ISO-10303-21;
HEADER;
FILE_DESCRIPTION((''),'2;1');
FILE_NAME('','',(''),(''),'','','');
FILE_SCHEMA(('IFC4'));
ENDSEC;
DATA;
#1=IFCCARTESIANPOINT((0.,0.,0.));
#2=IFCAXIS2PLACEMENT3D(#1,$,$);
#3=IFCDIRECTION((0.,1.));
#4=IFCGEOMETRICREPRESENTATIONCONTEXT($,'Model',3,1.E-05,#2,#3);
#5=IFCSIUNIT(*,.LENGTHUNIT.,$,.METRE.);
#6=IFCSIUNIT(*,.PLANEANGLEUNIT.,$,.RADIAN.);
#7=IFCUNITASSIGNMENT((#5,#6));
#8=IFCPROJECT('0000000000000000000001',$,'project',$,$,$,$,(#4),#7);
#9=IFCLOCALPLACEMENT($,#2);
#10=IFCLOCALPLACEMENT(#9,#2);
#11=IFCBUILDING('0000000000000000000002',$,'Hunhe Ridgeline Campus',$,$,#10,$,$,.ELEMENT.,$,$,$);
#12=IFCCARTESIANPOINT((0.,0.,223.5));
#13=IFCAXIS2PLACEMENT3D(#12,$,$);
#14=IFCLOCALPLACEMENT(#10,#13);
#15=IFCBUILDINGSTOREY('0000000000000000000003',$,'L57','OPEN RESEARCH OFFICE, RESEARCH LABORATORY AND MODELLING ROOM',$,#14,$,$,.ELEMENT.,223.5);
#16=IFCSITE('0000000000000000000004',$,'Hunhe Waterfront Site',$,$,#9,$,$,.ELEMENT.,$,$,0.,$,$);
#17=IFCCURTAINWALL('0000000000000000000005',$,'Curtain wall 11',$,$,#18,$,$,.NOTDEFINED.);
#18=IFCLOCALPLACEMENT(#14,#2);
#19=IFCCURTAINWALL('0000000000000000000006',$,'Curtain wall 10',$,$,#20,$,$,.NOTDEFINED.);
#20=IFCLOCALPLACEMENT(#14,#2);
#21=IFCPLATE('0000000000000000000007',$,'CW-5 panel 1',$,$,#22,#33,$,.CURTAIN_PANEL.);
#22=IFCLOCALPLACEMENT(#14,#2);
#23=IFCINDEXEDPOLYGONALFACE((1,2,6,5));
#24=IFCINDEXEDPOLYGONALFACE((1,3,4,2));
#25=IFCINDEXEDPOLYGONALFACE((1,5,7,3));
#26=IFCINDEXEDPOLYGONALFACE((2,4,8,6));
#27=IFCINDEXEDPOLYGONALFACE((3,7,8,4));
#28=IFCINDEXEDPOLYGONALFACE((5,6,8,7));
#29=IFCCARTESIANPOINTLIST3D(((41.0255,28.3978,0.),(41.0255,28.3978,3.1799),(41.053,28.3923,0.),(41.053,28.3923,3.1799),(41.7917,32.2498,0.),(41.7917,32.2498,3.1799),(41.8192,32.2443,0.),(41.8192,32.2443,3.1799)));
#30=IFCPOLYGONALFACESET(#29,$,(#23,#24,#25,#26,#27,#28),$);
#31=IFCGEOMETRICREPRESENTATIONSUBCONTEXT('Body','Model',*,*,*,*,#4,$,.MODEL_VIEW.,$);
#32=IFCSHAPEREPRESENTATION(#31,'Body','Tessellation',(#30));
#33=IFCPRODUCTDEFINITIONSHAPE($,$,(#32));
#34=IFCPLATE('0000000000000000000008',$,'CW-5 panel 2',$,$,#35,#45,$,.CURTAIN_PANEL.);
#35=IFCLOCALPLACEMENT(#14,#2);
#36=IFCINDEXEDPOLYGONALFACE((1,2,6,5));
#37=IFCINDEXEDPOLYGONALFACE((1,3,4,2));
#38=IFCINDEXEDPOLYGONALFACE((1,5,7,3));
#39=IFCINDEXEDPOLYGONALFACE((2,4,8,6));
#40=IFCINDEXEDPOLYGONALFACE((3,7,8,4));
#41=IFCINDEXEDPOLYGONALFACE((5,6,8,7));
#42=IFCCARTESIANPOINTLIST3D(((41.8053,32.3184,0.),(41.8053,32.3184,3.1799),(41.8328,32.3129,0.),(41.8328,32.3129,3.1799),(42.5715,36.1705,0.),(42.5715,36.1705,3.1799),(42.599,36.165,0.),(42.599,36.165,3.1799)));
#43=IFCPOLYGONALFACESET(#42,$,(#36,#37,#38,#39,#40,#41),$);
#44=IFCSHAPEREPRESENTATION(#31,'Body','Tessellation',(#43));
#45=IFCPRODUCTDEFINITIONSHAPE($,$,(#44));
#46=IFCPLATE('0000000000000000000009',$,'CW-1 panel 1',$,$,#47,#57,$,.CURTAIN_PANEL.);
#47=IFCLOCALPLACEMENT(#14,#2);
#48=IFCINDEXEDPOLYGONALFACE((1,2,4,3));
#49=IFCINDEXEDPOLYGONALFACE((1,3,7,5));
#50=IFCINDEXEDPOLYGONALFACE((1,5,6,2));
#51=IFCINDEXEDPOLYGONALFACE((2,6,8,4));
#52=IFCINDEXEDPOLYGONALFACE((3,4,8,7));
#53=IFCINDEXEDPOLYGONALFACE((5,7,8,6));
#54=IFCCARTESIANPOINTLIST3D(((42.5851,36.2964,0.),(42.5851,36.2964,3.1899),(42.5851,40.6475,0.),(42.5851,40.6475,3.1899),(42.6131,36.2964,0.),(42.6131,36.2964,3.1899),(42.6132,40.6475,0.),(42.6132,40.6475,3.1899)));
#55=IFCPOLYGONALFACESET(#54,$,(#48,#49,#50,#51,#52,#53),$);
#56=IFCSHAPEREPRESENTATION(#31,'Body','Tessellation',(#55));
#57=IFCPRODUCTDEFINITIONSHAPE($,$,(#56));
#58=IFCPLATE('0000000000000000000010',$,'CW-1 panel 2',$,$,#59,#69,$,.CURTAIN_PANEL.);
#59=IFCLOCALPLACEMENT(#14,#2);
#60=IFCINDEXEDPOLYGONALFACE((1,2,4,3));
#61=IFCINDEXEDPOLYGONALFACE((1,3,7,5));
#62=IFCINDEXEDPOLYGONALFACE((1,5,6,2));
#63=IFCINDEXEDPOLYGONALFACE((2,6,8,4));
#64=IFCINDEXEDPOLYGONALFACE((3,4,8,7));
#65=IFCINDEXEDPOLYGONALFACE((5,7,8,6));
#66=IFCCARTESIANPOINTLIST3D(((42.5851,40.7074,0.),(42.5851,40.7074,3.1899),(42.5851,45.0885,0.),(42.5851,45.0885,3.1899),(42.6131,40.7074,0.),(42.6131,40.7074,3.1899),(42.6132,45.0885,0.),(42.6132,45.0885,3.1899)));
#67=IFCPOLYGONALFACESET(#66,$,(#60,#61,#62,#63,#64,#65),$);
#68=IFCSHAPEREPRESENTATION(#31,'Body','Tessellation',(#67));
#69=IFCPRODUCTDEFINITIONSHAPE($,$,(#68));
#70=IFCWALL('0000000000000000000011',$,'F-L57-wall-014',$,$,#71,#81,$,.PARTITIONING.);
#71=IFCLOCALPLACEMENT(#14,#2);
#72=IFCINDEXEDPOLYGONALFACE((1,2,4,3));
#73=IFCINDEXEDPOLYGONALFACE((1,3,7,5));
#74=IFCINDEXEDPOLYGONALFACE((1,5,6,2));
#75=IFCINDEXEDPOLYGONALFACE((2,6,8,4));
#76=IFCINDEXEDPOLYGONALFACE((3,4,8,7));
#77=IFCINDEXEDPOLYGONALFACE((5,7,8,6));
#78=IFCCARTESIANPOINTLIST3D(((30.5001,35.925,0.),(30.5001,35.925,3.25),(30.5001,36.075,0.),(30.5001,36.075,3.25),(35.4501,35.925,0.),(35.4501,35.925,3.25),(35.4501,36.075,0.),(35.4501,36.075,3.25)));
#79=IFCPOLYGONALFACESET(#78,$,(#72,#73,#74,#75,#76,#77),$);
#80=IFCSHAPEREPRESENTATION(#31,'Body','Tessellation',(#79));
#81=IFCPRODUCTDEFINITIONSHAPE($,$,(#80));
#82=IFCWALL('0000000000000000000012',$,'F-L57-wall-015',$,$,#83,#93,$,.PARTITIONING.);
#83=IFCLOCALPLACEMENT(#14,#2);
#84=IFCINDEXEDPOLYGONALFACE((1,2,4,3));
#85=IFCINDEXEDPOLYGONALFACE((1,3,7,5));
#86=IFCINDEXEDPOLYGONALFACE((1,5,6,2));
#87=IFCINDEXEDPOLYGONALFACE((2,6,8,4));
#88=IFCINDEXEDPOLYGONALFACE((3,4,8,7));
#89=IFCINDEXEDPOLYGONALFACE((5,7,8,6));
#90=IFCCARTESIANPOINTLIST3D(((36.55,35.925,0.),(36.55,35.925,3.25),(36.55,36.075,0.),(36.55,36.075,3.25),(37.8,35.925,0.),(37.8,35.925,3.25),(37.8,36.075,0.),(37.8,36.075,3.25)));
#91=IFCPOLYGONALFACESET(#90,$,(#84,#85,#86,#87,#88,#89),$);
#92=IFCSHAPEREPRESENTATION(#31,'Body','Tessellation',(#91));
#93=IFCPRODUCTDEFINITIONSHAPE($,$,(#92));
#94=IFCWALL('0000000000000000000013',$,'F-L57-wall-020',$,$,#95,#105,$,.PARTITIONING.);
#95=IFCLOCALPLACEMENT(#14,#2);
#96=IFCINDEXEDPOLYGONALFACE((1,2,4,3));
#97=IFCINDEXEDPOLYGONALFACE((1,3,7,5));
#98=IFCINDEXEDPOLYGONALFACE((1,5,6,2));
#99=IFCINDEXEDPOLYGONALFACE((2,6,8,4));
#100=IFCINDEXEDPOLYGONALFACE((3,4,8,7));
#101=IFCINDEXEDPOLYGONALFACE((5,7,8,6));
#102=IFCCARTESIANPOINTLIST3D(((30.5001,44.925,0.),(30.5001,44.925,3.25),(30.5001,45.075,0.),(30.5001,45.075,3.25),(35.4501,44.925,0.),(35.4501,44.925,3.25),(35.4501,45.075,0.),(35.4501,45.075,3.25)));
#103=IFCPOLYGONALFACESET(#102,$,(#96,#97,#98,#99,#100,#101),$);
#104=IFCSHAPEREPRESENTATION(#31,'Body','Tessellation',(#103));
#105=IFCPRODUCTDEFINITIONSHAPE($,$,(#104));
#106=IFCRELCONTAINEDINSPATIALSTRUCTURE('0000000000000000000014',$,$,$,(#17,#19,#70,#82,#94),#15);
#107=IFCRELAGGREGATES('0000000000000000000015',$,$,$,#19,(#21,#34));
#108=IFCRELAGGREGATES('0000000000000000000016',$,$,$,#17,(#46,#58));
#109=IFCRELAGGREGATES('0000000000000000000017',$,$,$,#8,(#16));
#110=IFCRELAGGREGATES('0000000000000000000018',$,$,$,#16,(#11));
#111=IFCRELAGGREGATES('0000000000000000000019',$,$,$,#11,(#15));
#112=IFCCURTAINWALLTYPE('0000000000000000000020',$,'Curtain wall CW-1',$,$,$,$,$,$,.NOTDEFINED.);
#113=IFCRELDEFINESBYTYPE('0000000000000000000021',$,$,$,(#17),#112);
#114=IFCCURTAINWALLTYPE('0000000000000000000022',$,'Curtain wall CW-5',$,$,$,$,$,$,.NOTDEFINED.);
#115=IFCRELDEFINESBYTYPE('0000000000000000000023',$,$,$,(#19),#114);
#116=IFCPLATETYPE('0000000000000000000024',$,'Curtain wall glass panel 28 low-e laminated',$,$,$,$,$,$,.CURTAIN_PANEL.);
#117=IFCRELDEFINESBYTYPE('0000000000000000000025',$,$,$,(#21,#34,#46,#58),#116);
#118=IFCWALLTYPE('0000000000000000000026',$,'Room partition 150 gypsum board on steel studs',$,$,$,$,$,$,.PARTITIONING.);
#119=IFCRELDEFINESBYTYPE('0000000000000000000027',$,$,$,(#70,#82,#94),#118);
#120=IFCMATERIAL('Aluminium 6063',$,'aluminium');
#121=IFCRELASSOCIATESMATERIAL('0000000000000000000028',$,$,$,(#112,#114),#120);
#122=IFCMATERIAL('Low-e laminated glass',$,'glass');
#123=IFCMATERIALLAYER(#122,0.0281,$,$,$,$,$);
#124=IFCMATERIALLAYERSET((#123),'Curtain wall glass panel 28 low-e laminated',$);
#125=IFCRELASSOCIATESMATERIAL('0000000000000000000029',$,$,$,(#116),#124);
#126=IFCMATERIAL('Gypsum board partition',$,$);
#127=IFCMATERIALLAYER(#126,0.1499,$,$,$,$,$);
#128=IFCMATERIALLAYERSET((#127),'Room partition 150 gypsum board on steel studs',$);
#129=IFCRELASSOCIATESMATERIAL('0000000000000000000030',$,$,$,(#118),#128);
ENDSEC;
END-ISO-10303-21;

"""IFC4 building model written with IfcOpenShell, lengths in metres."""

from ifc_helpers import new_model, si_unit, direction, frame, frame_2d, origin, origin_2d, place, context, subcontext, project, spatial, rectangle, extrude, material, layer, layer_set, type_object, element, aggregate, save


model = new_model("IFC4")

# Units and contexts
model_context = context("Model", 3, precision=1e-05, world=origin(), true_north=direction((0.0, 1.0)))
body_context = subcontext(model_context, "Body", "Model", "MODEL_VIEW")
ifc_project = project(units=[si_unit("LENGTHUNIT", "METRE"), si_unit("PLANEANGLEUNIT", "RADIAN")], contexts=[model_context])

# Site, building, storey
site_placement = place(None, origin())
site = spatial("IfcSite", under=ifc_project, at=site_placement, Name="Hunhe Waterfront Site", CompositionType="ELEMENT", RefElevation=0.0)
building_placement = place(site_placement, origin())
building = spatial("IfcBuilding", under=site, at=building_placement, Name="Hunhe Ridgeline Campus", CompositionType="ELEMENT")
storey_placement = place(building_placement, frame((0.0, 0.0, 223.5)))
storey = spatial("IfcBuildingStorey", under=building, at=storey_placement, Name="L57", Description="OPEN RESEARCH OFFICE, RESEARCH LABORATORY AND MODELLING ROOM", CompositionType="ELEMENT", Elevation=223.5)

# Curtain wall
ifc_material_1 = material(Name="Aluminium 6063", Category="aluminium")
curtain_wall_type_1 = type_object("IfcCurtainWallType", Name="Curtain wall CW-1", PredefinedType="NOTDEFINED", material=ifc_material_1)
curtain_wall_1_placement = place(storey_placement, origin())
curtain_wall_1 = element("IfcCurtainWall", 1, at=curtain_wall_1_placement, inside=storey, type_object=curtain_wall_type_1, Name="Curtain wall 11", PredefinedType="NOTDEFINED")

# Shared definitions
curtain_wall_type_2 = type_object("IfcCurtainWallType", Name="Curtain wall CW-5", PredefinedType="NOTDEFINED", material=ifc_material_1)

# Curtain wall
curtain_wall_2_placement = place(storey_placement, origin())
curtain_wall_2 = element("IfcCurtainWall", 2, at=curtain_wall_2_placement, inside=storey, type_object=curtain_wall_type_2, Name="Curtain wall 10", PredefinedType="NOTDEFINED")

# Plates
ifc_material_2 = material(Name="Low-e laminated glass", Category="glass")
ifc_layer_1 = layer(ifc_material_2, 0.0281)
ifc_layer_set_1 = layer_set([ifc_layer_1], Name="Curtain wall glass panel 28 low-e laminated")
plate_type = type_object("IfcPlateType", Name="Curtain wall glass panel 28 low-e laminated", PredefinedType="CURTAIN_PANEL", material=ifc_layer_set_1)
plate_1_placement = place(storey_placement, frame((41.4224, 30.321, 0.0), z_axis=(0.0, 0.0, 1.0), x_axis=(0.19509, 0.980785, 0.0)))
plate_1 = element("IfcPlate", 3, at=plate_1_placement, type_object=plate_type, Name="CW-5 panel 1", PredefinedType="CURTAIN_PANEL", context=body_context, shape_type="SweptSolid", body=[
    extrude(rectangle(XDim=3.9275, YDim=0.0281, at=origin_2d()), origin(), (0.0, 0.0, 1.0), 3.1799),
])
plate_2_placement = place(storey_placement, frame((42.2021, 34.2417, 0.0), z_axis=(0.0, 0.0, 1.0), x_axis=(0.19509, 0.980785, 0.0)))
plate_2 = element("IfcPlate", 4, at=plate_2_placement, type_object=plate_type, Name="CW-5 panel 2", PredefinedType="CURTAIN_PANEL", context=body_context, shape_type="SweptSolid", body=[
    extrude(rectangle(XDim=3.9275, YDim=0.0281, at=origin_2d()), origin(), (0.0, 0.0, 1.0), 3.1799),
])
aggregate(curtain_wall_2, [plate_1, plate_2])
plate_3_placement = place(storey_placement, frame((42.5991, 38.4719, 0.0), z_axis=(0.0, 0.0, 1.0), x_axis=(0.000007, 1.0, 0.0)))
plate_3 = element("IfcPlate", 5, at=plate_3_placement, type_object=plate_type, Name="CW-1 panel 1", PredefinedType="CURTAIN_PANEL", context=body_context, shape_type="SweptSolid", body=[
    extrude(rectangle(XDim=4.3511, YDim=0.0281, at=origin_2d()), origin(), (0.0, 0.0, 1.0), 3.1899),
])
plate_4_placement = place(storey_placement, frame((42.5991, 42.8979, 0.0), z_axis=(0.0, 0.0, 1.0), x_axis=(0.000007, 1.0, 0.0)))
plate_4 = element("IfcPlate", 6, at=plate_4_placement, type_object=plate_type, Name="CW-1 panel 2", PredefinedType="CURTAIN_PANEL", context=body_context, shape_type="SweptSolid", body=[
    extrude(rectangle(XDim=4.3811, YDim=0.0281, at=origin_2d()), origin(), (0.0, 0.0, 1.0), 3.1899),
])
aggregate(curtain_wall_1, [plate_3, plate_4])

# Walls
ifc_material_3 = material(Name="Gypsum board partition")
ifc_layer_2 = layer(ifc_material_3, 0.1499)
ifc_layer_set_2 = layer_set([ifc_layer_2], Name="Room partition 150 gypsum board on steel studs")
wall_type = type_object("IfcWallType", Name="Room partition 150 gypsum board on steel studs", PredefinedType="PARTITIONING", material=ifc_layer_set_2)
wall_1_placement = place(storey_placement, frame((30.5, 36.0, 0.0), z_axis=(0.0, 0.0, 1.0), x_axis=(1.0, 0.0, 0.0)))
element("IfcWall", 7, at=wall_1_placement, inside=storey, type_object=wall_type, Name="F-L57-wall-014", PredefinedType="PARTITIONING", context=body_context, shape_type="SweptSolid", body=[
    extrude(rectangle(XDim=4.95, YDim=0.1499, at=frame_2d((2.4751, 0.0))), origin(), (0.0, 0.0, 1.0), 3.25),
])
wall_2_placement = place(storey_placement, frame((36.55, 36.0, 0.0), z_axis=(0.0, 0.0, 1.0), x_axis=(1.0, 0.0, 0.0)))
element("IfcWall", 8, at=wall_2_placement, inside=storey, type_object=wall_type, Name="F-L57-wall-015", PredefinedType="PARTITIONING", context=body_context, shape_type="SweptSolid", body=[
    extrude(rectangle(XDim=1.25, YDim=0.1499, at=frame_2d((0.625, 0.0))), origin(), (0.0, 0.0, 1.0), 3.25),
])
wall_3_placement = place(storey_placement, frame((30.5, 45.0, 0.0), z_axis=(0.0, 0.0, 1.0), x_axis=(1.0, 0.0, 0.0)))
element("IfcWall", 9, at=wall_3_placement, inside=storey, type_object=wall_type, Name="F-L57-wall-020", PredefinedType="PARTITIONING", context=body_context, shape_type="SweptSolid", body=[
    extrude(rectangle(XDim=4.95, YDim=0.1499, at=frame_2d((2.4751, 0.0))), origin(), (0.0, 0.0, 1.0), 3.25),
])

save(model, "model.ifc")
